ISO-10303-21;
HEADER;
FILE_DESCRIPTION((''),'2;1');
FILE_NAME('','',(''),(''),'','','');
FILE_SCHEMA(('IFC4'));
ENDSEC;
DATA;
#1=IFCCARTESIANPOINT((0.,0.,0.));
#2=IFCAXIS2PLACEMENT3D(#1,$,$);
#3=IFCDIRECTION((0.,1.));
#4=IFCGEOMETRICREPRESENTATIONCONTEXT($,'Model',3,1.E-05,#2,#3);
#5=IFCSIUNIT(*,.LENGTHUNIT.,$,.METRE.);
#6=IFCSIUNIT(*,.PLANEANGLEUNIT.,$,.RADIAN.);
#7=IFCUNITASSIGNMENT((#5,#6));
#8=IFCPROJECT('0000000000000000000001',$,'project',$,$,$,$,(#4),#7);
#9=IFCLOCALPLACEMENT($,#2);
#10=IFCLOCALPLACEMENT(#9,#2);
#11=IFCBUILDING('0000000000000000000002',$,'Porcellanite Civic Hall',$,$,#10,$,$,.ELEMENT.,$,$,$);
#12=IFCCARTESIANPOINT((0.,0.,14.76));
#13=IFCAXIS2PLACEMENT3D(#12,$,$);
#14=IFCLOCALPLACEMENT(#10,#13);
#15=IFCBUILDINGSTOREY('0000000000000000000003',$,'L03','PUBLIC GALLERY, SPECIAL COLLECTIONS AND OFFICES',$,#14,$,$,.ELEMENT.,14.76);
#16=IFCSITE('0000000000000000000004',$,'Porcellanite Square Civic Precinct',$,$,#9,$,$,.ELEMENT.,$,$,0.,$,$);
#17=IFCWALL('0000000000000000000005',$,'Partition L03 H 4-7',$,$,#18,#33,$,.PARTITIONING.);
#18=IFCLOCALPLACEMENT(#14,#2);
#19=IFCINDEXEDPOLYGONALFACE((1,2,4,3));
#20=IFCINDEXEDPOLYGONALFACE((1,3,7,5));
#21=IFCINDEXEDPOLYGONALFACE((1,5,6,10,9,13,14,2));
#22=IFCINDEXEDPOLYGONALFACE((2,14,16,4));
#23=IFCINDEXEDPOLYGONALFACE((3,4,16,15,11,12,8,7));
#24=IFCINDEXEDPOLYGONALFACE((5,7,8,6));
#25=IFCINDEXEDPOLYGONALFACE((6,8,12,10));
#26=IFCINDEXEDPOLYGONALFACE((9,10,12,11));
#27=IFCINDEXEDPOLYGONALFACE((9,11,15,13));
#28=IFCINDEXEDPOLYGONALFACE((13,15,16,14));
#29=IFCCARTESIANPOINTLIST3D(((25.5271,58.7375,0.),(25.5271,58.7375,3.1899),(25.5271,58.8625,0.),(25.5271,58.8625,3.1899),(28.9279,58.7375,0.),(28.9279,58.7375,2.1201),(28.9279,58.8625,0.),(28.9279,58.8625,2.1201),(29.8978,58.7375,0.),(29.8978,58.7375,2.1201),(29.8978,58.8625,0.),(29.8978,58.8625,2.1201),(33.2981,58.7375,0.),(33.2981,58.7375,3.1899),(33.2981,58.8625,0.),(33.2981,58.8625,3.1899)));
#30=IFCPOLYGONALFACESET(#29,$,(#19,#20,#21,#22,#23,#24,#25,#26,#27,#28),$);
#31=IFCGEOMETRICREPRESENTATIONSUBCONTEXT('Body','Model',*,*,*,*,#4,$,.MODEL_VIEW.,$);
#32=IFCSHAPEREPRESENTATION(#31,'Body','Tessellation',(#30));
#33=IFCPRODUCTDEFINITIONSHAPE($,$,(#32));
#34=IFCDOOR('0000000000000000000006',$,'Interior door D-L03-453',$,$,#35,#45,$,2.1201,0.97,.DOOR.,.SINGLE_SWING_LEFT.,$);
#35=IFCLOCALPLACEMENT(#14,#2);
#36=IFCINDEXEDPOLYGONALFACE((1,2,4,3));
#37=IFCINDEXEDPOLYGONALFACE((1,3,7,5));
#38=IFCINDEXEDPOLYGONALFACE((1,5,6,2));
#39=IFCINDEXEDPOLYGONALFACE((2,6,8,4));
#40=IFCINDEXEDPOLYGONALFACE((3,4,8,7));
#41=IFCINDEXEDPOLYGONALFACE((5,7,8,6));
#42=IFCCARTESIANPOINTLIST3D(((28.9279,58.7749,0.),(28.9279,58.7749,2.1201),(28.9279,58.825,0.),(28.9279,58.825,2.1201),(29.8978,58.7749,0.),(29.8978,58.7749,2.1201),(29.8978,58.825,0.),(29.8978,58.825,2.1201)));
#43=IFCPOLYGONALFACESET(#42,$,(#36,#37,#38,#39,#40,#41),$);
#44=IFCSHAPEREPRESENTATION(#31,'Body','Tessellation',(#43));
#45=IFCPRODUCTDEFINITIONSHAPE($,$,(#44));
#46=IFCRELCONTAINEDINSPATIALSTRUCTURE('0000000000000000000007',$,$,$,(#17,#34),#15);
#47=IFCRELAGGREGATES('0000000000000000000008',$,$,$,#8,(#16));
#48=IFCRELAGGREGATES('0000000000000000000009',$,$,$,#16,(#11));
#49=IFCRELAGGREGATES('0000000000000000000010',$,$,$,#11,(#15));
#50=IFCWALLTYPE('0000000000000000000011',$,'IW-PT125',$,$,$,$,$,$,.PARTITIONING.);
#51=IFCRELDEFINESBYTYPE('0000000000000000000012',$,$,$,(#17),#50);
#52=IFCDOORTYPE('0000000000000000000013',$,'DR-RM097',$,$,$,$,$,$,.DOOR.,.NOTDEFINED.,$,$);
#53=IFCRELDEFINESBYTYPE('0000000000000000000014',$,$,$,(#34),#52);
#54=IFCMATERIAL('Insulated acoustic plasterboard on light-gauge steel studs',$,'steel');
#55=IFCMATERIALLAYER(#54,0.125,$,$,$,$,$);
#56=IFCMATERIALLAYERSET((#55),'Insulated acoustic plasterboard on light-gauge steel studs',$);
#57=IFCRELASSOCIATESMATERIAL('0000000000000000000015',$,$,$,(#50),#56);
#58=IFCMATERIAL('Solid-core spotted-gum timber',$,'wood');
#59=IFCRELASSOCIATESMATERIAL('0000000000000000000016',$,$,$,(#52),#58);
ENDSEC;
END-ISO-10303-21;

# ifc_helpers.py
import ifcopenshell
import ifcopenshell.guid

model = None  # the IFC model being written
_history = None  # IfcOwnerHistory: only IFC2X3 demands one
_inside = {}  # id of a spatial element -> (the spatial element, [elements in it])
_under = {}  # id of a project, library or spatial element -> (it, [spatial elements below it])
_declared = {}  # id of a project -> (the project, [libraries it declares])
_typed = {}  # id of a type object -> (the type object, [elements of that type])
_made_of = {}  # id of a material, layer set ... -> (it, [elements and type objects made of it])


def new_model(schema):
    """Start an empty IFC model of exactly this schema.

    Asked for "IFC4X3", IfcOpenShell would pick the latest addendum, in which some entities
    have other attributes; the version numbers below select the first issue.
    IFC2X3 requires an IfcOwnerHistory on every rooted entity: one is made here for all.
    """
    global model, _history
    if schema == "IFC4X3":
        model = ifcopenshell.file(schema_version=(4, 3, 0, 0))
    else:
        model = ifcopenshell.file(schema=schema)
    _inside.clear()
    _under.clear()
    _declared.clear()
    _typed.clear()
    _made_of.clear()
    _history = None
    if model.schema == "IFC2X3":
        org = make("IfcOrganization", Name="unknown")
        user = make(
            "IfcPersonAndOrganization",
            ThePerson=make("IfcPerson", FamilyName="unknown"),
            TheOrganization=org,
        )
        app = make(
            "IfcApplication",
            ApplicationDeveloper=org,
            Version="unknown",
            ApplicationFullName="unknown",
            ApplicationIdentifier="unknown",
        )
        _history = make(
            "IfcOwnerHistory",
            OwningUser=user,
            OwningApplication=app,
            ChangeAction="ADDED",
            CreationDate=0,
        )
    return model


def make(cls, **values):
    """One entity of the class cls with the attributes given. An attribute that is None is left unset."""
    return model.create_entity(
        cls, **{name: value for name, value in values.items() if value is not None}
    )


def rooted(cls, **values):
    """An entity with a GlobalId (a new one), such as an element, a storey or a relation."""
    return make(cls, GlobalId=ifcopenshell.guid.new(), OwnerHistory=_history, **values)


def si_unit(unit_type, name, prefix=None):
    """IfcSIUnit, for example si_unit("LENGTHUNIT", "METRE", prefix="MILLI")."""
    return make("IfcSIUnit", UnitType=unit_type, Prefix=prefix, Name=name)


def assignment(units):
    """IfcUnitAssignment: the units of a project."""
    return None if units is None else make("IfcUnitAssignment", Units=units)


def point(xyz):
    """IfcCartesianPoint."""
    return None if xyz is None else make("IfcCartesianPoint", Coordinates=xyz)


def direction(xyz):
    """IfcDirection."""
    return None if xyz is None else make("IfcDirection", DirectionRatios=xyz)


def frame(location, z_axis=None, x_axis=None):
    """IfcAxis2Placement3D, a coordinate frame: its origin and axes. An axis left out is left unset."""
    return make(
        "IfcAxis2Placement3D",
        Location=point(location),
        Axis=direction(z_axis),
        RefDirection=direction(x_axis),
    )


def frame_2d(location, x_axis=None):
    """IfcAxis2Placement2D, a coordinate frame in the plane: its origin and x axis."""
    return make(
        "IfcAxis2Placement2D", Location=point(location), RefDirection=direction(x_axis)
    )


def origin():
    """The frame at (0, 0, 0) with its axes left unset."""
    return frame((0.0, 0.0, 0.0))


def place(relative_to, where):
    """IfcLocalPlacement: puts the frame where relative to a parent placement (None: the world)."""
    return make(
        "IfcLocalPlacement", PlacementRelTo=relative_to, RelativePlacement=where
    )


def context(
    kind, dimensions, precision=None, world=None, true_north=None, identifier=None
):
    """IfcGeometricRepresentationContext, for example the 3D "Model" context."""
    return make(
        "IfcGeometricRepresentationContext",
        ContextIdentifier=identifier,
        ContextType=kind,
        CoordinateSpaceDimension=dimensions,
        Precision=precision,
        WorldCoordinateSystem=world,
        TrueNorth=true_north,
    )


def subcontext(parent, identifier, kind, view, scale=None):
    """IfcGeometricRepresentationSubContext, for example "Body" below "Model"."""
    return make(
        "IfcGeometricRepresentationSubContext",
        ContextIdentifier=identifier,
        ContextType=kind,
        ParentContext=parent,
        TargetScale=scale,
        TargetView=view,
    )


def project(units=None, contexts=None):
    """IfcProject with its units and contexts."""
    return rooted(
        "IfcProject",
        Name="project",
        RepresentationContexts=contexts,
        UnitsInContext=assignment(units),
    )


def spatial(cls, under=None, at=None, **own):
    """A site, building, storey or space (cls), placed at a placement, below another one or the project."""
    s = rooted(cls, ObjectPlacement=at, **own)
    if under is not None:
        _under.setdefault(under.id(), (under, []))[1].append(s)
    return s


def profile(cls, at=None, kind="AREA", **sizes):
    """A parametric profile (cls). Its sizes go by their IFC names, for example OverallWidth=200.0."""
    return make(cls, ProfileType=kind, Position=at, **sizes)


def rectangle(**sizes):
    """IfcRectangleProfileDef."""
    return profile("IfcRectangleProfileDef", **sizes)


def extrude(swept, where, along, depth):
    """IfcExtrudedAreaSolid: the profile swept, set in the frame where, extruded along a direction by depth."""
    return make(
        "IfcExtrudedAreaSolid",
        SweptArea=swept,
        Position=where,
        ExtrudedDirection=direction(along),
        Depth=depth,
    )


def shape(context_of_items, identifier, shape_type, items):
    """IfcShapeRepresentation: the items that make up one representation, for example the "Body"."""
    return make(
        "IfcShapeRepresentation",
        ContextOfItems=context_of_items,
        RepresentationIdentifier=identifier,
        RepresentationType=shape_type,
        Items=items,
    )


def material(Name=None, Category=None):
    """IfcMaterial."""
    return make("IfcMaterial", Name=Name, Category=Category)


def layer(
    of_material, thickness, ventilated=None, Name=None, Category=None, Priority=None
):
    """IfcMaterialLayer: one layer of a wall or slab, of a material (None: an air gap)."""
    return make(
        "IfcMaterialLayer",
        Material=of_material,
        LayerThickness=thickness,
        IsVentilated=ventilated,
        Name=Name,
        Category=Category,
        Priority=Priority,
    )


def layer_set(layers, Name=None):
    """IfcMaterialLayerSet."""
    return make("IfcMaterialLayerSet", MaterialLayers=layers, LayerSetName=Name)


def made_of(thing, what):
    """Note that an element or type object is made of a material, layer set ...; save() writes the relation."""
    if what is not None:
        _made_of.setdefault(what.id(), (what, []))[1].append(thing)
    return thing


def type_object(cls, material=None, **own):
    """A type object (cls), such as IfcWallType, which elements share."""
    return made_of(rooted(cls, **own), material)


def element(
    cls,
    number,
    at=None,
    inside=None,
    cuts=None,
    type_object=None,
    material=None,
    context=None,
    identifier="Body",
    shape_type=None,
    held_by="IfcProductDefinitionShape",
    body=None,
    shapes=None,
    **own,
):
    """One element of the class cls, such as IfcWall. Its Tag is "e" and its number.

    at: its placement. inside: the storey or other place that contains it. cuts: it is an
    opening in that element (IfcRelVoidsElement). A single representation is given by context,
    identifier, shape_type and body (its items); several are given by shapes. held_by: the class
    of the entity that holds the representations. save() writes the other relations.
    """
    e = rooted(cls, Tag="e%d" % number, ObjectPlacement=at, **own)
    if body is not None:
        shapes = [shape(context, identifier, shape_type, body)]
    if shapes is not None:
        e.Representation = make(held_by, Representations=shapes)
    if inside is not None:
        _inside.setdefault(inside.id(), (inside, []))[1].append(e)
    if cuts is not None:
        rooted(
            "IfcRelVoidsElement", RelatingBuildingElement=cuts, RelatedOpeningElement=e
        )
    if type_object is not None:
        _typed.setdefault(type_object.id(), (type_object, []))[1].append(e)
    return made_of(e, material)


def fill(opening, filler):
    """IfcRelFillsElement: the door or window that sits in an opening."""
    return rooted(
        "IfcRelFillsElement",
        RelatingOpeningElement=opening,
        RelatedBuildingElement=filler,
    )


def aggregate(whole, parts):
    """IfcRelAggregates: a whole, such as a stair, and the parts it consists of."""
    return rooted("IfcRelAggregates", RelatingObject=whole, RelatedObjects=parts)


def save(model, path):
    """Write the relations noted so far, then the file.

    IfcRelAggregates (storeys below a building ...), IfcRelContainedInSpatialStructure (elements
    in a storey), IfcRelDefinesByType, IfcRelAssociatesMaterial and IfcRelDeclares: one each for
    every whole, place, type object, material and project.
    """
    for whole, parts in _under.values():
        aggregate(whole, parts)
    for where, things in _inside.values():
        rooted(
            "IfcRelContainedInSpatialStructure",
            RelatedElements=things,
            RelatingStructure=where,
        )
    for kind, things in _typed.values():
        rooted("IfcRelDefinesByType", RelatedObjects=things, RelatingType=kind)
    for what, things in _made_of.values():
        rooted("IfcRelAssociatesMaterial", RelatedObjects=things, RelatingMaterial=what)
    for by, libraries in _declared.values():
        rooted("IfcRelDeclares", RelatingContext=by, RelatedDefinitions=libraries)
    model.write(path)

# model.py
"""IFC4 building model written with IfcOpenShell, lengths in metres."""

from ifc_helpers import new_model, si_unit, direction, frame, frame_2d, origin, place, context, subcontext, project, spatial, rectangle, extrude, material, layer, layer_set, type_object, element, fill, save


model = new_model("IFC4")

# Units and contexts
model_context = context("Model", 3, precision=1e-05, world=origin(), true_north=direction((0.0, 1.0)))
body_context = subcontext(model_context, "Body", "Model", "MODEL_VIEW")
ifc_project = project(units=[si_unit("LENGTHUNIT", "METRE"), si_unit("PLANEANGLEUNIT", "RADIAN")], contexts=[model_context])

# Site, building, storey
site_placement = place(None, origin())
site = spatial("IfcSite", under=ifc_project, at=site_placement, Name="Porcellanite Square Civic Precinct", CompositionType="ELEMENT", RefElevation=0.0)
building_placement = place(site_placement, origin())
building = spatial("IfcBuilding", under=site, at=building_placement, Name="Porcellanite Civic Hall", CompositionType="ELEMENT")
storey_placement = place(building_placement, frame((0.0, 0.0, 14.76)))
storey = spatial("IfcBuildingStorey", under=building, at=storey_placement, Name="L03", Description="PUBLIC GALLERY, SPECIAL COLLECTIONS AND OFFICES", CompositionType="ELEMENT", Elevation=14.76)

# Wall, opening, door
ifc_material_1 = material(Name="Insulated acoustic plasterboard on light-gauge steel studs", Category="steel")
ifc_layer_1 = layer(ifc_material_1, 0.125)
ifc_layer_set_1 = layer_set([ifc_layer_1], Name="Insulated acoustic plasterboard on light-gauge steel studs")
wall_type_1 = type_object("IfcWallType", Name="IW-PT125", PredefinedType="PARTITIONING", material=ifc_layer_set_1)
wall_1_placement = place(storey_placement, frame((25.5271, 58.8, 0.0), z_axis=(0.0, 0.0, 1.0), x_axis=(1.0, 0.0, 0.0)))
wall_1 = element("IfcWall", 1, at=wall_1_placement, inside=storey, type_object=wall_type_1, Name="Partition L03 H 4-7", PredefinedType="PARTITIONING", context=body_context, shape_type="SweptSolid", body=[
    extrude(rectangle(XDim=7.771, YDim=0.125, at=frame_2d((3.8855, 0.0))), origin(), (0.0, 0.0, 1.0), 3.1899),
])
opening_1_placement = place(wall_1_placement, frame((3.4009, 0.0, 0.0)))
opening_1 = element("IfcOpeningElement", 2, at=opening_1_placement, cuts=wall_1, PredefinedType="OPENING", context=body_context, shape_type="SweptSolid", body=[
    extrude(rectangle(XDim=0.97, YDim=2.1201, at=frame_2d((0.4849, 1.0601))), frame((0.0, 0.0625, 0.0), z_axis=(0.0, -1.0, 0.0), x_axis=(1.0, 0.0, 0.0)), (0.0, 0.0, 1.0), 0.125),
])
ifc_material_2 = material(Name="Solid-core spotted-gum timber", Category="wood")
door_type_1 = type_object("IfcDoorType", Name="DR-RM097", OperationType="NOTDEFINED", PredefinedType="DOOR", material=ifc_material_2)
door_1_placement = place(opening_1_placement, origin())
door_1 = element("IfcDoor", 3, at=door_1_placement, inside=storey, type_object=door_type_1, Name="Interior door D-L03-453", OperationType="SINGLE_SWING_LEFT", OverallHeight=2.1201, OverallWidth=0.97, PredefinedType="DOOR", context=body_context, shape_type="SweptSolid", body=[
    extrude(rectangle(XDim=0.97, YDim=2.1201, at=frame_2d((0.4849, 1.0601))), frame((0.0, 0.0249, 0.0), z_axis=(0.0, -1.0, 0.0), x_axis=(1.0, 0.0, 0.0)), (0.0, 0.0, 1.0), 0.05),
])
fill(opening_1, door_1)

save(model, "model.ifc")
